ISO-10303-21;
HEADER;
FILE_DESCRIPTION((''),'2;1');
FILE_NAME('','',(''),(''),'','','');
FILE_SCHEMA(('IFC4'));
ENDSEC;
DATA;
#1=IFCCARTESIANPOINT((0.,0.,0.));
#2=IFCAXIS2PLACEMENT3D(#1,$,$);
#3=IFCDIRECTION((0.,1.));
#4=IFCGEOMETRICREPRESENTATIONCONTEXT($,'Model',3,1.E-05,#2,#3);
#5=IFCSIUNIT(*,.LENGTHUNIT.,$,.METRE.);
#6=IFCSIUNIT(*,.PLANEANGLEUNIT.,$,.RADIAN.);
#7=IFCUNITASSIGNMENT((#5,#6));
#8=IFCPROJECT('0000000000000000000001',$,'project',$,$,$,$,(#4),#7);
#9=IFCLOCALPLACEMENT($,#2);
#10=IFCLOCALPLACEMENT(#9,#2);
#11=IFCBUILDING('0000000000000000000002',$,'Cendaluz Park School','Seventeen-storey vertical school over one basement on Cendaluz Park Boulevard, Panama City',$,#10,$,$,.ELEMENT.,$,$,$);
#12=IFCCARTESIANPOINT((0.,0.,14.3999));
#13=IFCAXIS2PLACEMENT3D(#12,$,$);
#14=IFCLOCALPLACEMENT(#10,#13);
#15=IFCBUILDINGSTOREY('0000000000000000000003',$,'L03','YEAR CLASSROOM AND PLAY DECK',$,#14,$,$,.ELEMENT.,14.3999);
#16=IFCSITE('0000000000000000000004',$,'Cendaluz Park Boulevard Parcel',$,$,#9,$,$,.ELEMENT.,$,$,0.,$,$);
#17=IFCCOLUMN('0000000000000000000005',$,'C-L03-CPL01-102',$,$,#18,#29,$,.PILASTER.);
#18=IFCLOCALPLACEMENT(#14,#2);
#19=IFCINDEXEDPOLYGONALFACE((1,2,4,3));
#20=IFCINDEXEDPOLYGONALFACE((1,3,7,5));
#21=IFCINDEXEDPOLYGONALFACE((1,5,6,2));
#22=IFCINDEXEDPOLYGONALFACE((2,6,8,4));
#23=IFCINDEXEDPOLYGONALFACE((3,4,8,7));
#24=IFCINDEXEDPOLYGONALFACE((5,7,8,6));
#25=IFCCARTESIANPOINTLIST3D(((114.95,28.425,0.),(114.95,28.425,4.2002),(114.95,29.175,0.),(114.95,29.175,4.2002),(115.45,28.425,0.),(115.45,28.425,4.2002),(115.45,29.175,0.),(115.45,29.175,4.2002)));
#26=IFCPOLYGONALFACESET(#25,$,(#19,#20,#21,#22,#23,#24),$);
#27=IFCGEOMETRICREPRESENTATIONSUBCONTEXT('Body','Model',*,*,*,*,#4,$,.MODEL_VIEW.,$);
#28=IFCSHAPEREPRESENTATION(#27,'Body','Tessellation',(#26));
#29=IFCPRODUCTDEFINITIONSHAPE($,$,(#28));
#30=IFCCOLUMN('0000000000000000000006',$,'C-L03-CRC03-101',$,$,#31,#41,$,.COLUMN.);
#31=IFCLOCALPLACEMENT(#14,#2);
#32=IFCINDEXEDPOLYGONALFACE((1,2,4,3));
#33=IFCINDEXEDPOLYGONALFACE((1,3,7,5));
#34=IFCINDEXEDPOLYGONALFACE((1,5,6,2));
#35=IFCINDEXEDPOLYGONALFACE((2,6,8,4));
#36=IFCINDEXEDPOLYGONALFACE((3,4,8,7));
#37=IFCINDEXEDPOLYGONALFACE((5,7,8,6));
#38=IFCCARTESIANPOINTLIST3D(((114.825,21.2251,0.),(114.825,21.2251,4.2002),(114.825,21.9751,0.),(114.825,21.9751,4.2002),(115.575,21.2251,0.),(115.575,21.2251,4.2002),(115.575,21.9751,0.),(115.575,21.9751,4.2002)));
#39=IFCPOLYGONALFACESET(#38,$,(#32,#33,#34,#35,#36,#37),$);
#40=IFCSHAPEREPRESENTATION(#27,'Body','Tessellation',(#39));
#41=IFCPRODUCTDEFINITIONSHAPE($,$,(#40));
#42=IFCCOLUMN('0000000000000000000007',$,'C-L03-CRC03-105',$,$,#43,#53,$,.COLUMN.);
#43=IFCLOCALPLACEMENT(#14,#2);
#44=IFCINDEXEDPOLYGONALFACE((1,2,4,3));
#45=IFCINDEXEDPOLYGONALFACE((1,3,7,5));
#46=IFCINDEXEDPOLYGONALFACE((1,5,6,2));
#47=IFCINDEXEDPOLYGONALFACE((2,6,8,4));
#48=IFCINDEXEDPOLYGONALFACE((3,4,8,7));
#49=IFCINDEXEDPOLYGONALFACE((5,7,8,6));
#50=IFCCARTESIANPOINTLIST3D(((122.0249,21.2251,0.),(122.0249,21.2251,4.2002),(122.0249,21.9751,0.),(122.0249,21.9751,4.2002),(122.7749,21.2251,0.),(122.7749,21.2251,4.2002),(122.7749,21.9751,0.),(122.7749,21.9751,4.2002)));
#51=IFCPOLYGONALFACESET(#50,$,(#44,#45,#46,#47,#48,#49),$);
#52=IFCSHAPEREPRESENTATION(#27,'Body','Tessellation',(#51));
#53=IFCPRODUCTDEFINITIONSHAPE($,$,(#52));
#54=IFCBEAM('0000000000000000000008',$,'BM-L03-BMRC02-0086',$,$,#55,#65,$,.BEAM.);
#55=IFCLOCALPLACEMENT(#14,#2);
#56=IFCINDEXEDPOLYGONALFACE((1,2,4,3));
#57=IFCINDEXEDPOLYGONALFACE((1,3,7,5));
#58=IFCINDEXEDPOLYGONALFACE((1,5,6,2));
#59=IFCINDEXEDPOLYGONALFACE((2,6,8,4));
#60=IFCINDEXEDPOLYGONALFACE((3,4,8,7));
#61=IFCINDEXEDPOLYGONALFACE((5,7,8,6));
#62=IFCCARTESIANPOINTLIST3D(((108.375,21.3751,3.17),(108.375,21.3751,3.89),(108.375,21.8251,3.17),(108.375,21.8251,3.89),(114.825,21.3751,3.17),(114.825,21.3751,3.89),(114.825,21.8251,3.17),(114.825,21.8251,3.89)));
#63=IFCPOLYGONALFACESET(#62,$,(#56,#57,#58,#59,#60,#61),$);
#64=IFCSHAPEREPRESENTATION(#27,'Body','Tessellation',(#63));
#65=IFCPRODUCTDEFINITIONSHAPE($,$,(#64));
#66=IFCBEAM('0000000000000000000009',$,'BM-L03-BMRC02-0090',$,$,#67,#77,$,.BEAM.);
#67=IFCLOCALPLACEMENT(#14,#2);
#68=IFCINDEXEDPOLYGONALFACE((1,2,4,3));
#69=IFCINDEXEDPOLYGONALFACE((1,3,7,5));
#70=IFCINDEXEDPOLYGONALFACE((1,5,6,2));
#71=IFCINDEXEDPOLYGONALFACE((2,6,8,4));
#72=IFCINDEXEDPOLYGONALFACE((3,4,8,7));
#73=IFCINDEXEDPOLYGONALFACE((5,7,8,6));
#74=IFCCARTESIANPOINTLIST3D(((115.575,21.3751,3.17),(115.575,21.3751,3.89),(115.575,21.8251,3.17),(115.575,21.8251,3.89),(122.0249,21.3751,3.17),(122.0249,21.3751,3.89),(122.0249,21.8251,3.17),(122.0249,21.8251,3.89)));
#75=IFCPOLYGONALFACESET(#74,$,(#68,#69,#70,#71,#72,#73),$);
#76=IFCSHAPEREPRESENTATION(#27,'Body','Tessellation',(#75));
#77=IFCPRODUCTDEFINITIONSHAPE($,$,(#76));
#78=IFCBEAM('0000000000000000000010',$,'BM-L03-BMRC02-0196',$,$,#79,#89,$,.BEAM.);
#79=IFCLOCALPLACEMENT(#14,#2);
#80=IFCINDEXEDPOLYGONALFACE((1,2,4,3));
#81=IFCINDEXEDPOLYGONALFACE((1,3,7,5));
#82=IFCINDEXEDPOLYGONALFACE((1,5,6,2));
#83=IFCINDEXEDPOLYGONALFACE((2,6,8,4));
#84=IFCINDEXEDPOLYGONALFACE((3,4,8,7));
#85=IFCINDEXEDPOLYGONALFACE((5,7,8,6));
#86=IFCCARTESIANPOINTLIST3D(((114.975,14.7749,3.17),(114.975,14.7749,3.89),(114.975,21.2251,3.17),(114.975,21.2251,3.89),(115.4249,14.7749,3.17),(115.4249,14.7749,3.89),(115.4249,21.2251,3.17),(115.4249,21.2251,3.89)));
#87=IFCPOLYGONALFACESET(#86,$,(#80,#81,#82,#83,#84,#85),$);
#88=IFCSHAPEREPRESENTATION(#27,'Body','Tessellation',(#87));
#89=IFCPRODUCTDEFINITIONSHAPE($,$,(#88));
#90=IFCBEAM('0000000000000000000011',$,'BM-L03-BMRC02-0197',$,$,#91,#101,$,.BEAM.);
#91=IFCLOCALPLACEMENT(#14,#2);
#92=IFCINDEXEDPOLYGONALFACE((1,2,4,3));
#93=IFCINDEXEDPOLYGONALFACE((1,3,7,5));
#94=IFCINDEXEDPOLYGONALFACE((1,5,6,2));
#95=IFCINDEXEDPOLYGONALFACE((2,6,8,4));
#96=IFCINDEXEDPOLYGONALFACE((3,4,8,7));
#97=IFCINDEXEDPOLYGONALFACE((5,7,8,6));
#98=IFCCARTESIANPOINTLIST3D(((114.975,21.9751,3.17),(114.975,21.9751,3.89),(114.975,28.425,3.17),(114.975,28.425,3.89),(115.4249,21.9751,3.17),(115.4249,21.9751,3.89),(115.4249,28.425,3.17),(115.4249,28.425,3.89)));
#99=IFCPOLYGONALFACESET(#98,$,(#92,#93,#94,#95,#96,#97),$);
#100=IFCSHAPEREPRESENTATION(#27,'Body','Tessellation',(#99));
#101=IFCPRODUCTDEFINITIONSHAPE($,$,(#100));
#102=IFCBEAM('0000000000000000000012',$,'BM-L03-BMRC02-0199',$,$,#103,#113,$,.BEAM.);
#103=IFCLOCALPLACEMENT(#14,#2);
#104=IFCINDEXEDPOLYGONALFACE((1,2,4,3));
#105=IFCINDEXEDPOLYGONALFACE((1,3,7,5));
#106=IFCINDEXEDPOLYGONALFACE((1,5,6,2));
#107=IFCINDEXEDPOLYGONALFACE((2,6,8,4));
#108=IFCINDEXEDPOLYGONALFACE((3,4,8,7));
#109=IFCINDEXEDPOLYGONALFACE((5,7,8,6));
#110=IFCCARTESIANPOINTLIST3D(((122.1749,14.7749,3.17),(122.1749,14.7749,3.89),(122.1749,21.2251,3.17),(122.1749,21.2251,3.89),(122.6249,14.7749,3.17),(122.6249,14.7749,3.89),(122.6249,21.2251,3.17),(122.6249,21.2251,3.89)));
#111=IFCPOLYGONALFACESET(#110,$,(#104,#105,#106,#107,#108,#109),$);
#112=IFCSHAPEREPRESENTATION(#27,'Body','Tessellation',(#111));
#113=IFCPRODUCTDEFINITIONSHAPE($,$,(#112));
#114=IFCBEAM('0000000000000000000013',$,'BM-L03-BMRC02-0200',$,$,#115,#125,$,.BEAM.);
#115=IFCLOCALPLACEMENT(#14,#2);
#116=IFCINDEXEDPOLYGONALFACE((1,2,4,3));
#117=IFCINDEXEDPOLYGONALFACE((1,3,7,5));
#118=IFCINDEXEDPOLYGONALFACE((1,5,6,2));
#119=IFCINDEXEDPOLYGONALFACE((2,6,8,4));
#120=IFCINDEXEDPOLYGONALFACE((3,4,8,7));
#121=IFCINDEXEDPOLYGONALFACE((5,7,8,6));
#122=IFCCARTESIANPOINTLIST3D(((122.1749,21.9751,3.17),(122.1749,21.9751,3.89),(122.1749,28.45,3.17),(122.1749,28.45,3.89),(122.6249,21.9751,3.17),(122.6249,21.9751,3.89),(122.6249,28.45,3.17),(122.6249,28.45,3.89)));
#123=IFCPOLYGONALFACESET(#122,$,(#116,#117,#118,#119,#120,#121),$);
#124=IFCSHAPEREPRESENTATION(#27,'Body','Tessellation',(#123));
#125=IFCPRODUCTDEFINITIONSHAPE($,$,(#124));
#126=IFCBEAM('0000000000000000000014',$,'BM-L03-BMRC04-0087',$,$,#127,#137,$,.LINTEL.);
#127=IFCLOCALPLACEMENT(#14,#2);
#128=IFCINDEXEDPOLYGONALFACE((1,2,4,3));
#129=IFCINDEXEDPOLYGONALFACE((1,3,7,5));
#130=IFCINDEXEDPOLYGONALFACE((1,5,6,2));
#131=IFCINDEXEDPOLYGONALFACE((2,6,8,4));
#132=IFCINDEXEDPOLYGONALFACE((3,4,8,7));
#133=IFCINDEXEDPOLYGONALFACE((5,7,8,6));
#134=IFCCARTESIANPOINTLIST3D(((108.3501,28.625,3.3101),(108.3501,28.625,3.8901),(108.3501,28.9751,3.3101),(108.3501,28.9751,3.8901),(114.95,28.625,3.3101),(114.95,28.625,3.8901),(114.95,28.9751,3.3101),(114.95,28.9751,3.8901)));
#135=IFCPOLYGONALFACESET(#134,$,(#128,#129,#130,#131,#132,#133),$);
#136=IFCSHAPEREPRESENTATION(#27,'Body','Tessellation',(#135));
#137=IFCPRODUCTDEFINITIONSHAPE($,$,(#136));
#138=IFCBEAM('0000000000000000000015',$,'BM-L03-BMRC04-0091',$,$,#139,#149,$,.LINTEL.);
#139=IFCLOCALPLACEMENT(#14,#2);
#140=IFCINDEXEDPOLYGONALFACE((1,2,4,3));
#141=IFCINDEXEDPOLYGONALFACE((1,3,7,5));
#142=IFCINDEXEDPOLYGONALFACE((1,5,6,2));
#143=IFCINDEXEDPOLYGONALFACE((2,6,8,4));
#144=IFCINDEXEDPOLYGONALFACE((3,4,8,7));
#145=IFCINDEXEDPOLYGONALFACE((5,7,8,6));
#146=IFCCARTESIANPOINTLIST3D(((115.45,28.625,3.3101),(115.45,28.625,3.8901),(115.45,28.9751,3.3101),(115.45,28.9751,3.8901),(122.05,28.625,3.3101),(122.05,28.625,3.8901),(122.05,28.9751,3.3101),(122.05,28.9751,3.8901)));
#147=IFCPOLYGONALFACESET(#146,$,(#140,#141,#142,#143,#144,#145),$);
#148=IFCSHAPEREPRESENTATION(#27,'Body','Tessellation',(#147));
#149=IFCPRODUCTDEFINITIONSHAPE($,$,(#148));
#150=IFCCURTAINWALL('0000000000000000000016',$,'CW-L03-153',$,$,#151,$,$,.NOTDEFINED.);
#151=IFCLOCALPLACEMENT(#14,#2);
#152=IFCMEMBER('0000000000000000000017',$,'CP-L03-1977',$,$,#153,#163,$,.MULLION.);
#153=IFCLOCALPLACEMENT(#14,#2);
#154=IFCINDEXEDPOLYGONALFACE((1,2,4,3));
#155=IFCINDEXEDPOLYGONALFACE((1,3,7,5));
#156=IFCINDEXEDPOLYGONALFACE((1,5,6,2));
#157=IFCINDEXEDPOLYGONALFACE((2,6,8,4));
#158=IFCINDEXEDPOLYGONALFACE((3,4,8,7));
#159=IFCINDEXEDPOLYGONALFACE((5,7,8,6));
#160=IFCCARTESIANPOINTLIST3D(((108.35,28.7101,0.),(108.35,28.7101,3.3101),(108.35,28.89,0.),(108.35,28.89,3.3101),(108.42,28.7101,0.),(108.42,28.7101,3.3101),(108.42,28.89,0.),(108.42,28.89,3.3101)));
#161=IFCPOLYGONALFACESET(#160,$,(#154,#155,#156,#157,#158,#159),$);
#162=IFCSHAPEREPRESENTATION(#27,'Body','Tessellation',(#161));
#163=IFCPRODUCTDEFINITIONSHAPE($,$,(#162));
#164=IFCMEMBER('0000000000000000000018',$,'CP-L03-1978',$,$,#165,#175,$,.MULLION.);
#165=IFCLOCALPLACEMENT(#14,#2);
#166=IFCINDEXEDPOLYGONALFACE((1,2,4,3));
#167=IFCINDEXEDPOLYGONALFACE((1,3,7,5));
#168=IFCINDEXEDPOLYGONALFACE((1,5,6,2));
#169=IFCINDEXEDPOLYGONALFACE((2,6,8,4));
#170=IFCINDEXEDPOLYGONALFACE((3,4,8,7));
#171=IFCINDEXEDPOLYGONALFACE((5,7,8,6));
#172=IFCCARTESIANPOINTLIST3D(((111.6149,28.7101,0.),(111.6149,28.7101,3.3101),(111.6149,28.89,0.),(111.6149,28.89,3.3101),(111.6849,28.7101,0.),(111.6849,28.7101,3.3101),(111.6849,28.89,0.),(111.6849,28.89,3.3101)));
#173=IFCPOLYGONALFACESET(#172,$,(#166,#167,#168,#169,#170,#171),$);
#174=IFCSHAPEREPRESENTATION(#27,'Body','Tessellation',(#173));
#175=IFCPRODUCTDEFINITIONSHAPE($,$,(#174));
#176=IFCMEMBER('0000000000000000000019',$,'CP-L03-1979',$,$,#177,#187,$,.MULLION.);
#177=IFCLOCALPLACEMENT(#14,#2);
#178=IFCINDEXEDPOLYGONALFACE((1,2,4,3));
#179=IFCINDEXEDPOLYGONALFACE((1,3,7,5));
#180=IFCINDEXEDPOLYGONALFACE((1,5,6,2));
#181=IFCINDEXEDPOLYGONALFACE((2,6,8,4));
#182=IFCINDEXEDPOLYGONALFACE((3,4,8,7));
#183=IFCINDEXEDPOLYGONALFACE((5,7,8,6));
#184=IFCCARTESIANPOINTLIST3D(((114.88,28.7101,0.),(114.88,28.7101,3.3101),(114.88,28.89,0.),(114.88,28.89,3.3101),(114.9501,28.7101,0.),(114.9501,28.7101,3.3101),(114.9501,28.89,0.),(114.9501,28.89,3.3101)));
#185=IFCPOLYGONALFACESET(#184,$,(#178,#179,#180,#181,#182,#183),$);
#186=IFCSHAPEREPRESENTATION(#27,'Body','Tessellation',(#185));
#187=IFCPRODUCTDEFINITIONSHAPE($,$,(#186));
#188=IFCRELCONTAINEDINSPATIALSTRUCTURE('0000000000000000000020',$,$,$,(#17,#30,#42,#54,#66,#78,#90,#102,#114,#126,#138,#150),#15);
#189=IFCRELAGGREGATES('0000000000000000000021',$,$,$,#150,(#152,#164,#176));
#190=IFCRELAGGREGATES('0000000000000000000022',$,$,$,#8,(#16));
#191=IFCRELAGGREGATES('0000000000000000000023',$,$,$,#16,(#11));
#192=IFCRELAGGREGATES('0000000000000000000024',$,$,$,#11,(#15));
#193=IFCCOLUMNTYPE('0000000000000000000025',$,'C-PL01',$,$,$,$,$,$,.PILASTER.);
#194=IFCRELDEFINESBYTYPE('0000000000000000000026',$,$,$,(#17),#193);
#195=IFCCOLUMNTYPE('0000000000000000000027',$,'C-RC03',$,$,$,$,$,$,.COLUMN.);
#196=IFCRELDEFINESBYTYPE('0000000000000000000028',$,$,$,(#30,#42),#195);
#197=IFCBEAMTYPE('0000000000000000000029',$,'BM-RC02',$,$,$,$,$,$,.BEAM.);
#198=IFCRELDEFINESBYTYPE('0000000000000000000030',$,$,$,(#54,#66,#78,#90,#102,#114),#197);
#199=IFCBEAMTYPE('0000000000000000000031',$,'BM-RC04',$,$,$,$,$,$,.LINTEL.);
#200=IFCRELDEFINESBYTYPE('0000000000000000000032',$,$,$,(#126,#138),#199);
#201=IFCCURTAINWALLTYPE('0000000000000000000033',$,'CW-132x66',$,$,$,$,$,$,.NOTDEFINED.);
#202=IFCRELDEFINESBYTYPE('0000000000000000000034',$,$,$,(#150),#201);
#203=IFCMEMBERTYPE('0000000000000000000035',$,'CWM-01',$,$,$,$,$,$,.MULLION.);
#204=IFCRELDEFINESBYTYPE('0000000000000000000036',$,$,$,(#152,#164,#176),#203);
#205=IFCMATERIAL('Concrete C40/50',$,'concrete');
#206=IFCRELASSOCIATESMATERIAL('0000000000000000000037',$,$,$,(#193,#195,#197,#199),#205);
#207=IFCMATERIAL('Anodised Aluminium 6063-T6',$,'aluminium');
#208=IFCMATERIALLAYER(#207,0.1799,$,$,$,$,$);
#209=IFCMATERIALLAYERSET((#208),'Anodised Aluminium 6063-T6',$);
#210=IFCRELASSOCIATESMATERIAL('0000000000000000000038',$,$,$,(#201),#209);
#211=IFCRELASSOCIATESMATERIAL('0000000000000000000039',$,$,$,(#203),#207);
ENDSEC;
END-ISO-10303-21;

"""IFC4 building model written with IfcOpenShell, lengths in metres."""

from ifc_helpers import new_model, si_unit, direction, frame, origin, origin_2d, place, context, subcontext, project, spatial, rectangle, extrude, material, layer, layer_set, material_profile, profile_set, type_object, element, aggregate, save


model = new_model("IFC4")

# Units and contexts
model_context = context("Model", 3, precision=1e-05, world=origin(), true_north=direction((0.0, 1.0)))
body_context = subcontext(model_context, "Body", "Model", "MODEL_VIEW")
ifc_project = project(units=[si_unit("LENGTHUNIT", "METRE"), si_unit("PLANEANGLEUNIT", "RADIAN")], contexts=[model_context])

# Site, building, storey
site_placement = place(None, origin())
site = spatial("IfcSite", under=ifc_project, at=site_placement, Name="Cendaluz Park Boulevard Parcel", CompositionType="ELEMENT", RefElevation=0.0)
building_placement = place(site_placement, origin())
building = spatial("IfcBuilding", under=site, at=building_placement, Name="Cendaluz Park School", Description="Seventeen-storey vertical school over one basement on Cendaluz Park Boulevard, Panama City", CompositionType="ELEMENT")
storey_placement = place(building_placement, frame((0.0, 0.0, 14.3999)))
storey = spatial("IfcBuildingStorey", under=building, at=storey_placement, Name="L03", Description="YEAR CLASSROOM AND PLAY DECK", CompositionType="ELEMENT", Elevation=14.3999)

# Columns
ifc_material_1 = material(Name="Concrete C40/50", Category="concrete")
ifc_material_profile_1 = material_profile(ifc_material_1, rectangle(XDim=0.5, YDim=0.75, at=origin_2d()), Name="RC 500x750", Category="concrete")
ifc_profile_set_1 = profile_set([ifc_material_profile_1], Name="Concrete C40/50")
column_type_1 = type_object("IfcColumnType", Name="C-PL01", PredefinedType="PILASTER", material=ifc_profile_set_1)
column_placement = place(storey_placement, frame((115.2, 28.8, 0.0), z_axis=(0.0, 0.0, 1.0), x_axis=(1.0, 0.0, 0.0)))
element("IfcColumn", 1, at=column_placement, inside=storey, type_object=column_type_1, Name="C-L03-CPL01-102", PredefinedType="PILASTER", context=body_context, shape_type="SweptSolid", body=[
    extrude(rectangle(XDim=0.5, YDim=0.75, at=origin_2d()), origin(), (0.0, 0.0, 1.0), 4.2002),
])
ifc_material_profile_2 = material_profile(ifc_material_1, rectangle(XDim=0.75, YDim=0.75, at=origin_2d()), Name="RC 750x750", Category="concrete")
ifc_profile_set_2 = profile_set([ifc_material_profile_2], Name="Concrete C40/50")
column_type_2 = type_object("IfcColumnType", Name="C-RC03", PredefinedType="COLUMN", material=ifc_profile_set_2)
for number, where, z_axis, x_axis, name in (
    (2, (115.2, 21.6001, 0.0), (0.0, 0.0, 1.0), (1.0, 0.0, 0.0), "C-L03-CRC03-101"),
    (3, (122.3999, 21.6001, 0.0), (0.0, 0.0, 1.0), (1.0, 0.0, 0.0), "C-L03-CRC03-105"),
):
    element("IfcColumn", number, at=place(storey_placement, frame(where, z_axis=z_axis, x_axis=x_axis)), inside=storey, type_object=column_type_2, Name=name, PredefinedType="COLUMN", context=body_context, shape_type="SweptSolid", body=[
        extrude(rectangle(XDim=0.75, YDim=0.75, at=origin_2d()), origin(), (0.0, 0.0, 1.0), 4.2002),
    ])

# Beams
ifc_material_profile_3 = material_profile(ifc_material_1, rectangle(XDim=0.45, YDim=0.72, at=origin_2d()), Name="RC 450x720", Category="concrete")
ifc_profile_set_3 = profile_set([ifc_material_profile_3], Name="Concrete C40/50")
beam_type_1 = type_object("IfcBeamType", Name="BM-RC02", PredefinedType="BEAM", material=ifc_profile_set_3)
for number, where, z_axis, x_axis, name in (
    (4, (108.375, 21.6001, 3.53), (1.0, 0.0, 0.0), (0.0, 1.0, 0.0), "BM-L03-BMRC02-0086"),
    (5, (115.575, 21.6001, 3.53), (1.0, 0.0, 0.0), (0.0, 1.0, 0.0), "BM-L03-BMRC02-0090"),
):
    element("IfcBeam", number, at=place(storey_placement, frame(where, z_axis=z_axis, x_axis=x_axis)), inside=storey, type_object=beam_type_1, Name=name, PredefinedType="BEAM", context=body_context, shape_type="SweptSolid", body=[
        extrude(rectangle(XDim=0.45, YDim=0.72, at=origin_2d()), origin(), (0.0, 0.0, 1.0), 6.45),
    ])
beam_1_placement = place(storey_placement, frame((115.2, 14.7749, 3.53), z_axis=(0.0, 1.0, 0.0), x_axis=(-1.0, 0.0, 0.0)))
element("IfcBeam", 6, at=beam_1_placement, inside=storey, type_object=beam_type_1, Name="BM-L03-BMRC02-0196", PredefinedType="BEAM", context=body_context, shape_type="SweptSolid", body=[
    extrude(rectangle(XDim=0.45, YDim=0.72, at=origin_2d()), origin(), (0.0, 0.0, 1.0), 6.4502),
])
beam_2_placement = place(storey_placement, frame((115.2, 21.9751, 3.53), z_axis=(0.0, 1.0, 0.0), x_axis=(-1.0, 0.0, 0.0)))
element("IfcBeam", 7, at=beam_2_placement, inside=storey, type_object=beam_type_1, Name="BM-L03-BMRC02-0197", PredefinedType="BEAM", context=body_context, shape_type="SweptSolid", body=[
    extrude(rectangle(XDim=0.45, YDim=0.72, at=origin_2d()), origin(), (0.0, 0.0, 1.0), 6.45),
])
beam_3_placement = place(storey_placement, frame((122.3999, 14.7749, 3.53), z_axis=(0.0, 1.0, 0.0), x_axis=(-1.0, 0.0, 0.0)))
element("IfcBeam", 8, at=beam_3_placement, inside=storey, type_object=beam_type_1, Name="BM-L03-BMRC02-0199", PredefinedType="BEAM", context=body_context, shape_type="SweptSolid", body=[
    extrude(rectangle(XDim=0.45, YDim=0.72, at=origin_2d()), origin(), (0.0, 0.0, 1.0), 6.4502),
])
beam_4_placement = place(storey_placement, frame((122.3999, 21.9751, 3.53), z_axis=(0.0, 1.0, 0.0), x_axis=(-1.0, 0.0, 0.0)))
element("IfcBeam", 9, at=beam_4_placement, inside=storey, type_object=beam_type_1, Name="BM-L03-BMRC02-0200", PredefinedType="BEAM", context=body_context, shape_type="SweptSolid", body=[
    extrude(rectangle(XDim=0.45, YDim=0.72, at=origin_2d()), origin(), (0.0, 0.0, 1.0), 6.4749),
])
ifc_material_profile_4 = material_profile(ifc_material_1, rectangle(XDim=0.3501, YDim=0.5801, at=origin_2d()), Name="RC 350x580", Category="concrete")
ifc_profile_set_4 = profile_set([ifc_material_profile_4], Name="Concrete C40/50")
beam_type_2 = type_object("IfcBeamType", Name="BM-RC04", PredefinedType="LINTEL", material=ifc_profile_set_4)
beam_5_placement = place(storey_placement, frame((108.3501, 28.8, 3.6001), z_axis=(1.0, 0.0, 0.0), x_axis=(0.0, 1.0, 0.0)))
element("IfcBeam", 10, at=beam_5_placement, inside=storey, type_object=beam_type_2, Name="BM-L03-BMRC04-0087", PredefinedType="LINTEL", context=body_context, shape_type="SweptSolid", body=[
    extrude(rectangle(XDim=0.3501, YDim=0.5801, at=origin_2d()), origin(), (0.0, 0.0, 1.0), 6.5999),
])
beam_6_placement = place(storey_placement, frame((115.45, 28.8, 3.6001), z_axis=(1.0, 0.0, 0.0), x_axis=(0.0, 1.0, 0.0)))
element("IfcBeam", 11, at=beam_6_placement, inside=storey, type_object=beam_type_2, Name="BM-L03-BMRC04-0091", PredefinedType="LINTEL", context=body_context, shape_type="SweptSolid", body=[
    extrude(rectangle(XDim=0.3501, YDim=0.5801, at=origin_2d()), origin(), (0.0, 0.0, 1.0), 6.6001),
])

# Curtain wall, members
ifc_material_2 = material(Name="Anodised Aluminium 6063-T6", Category="aluminium")
ifc_layer_1 = layer(ifc_material_2, 0.1799)
ifc_layer_set_1 = layer_set([ifc_layer_1], Name="Anodised Aluminium 6063-T6")
curtain_wall_type = type_object("IfcCurtainWallType", Name="CW-132x66", PredefinedType="NOTDEFINED", material=ifc_layer_set_1)
curtain_wall_placement = place(storey_placement, origin())
curtain_wall = element("IfcCurtainWall", 12, at=curtain_wall_placement, inside=storey, type_object=curtain_wall_type, Name="CW-L03-153", PredefinedType="NOTDEFINED")
ifc_material_profile_5 = material_profile(ifc_material_2, rectangle(XDim=0.1799, YDim=0.0701, at=origin_2d()), Name="CWM 180x70", Category="aluminium")
ifc_profile_set_5 = profile_set([ifc_material_profile_5], Name="Anodised Aluminium 6063-T6")
member_type_1 = type_object("IfcMemberType", Name="CWM-01", PredefinedType="MULLION", material=ifc_profile_set_5)
member_1_placement = place(storey_placement, frame((108.385, 28.8, 0.0), z_axis=(0.0, 0.0, 1.0), x_axis=(0.0, 1.0, 0.0)))
member_1 = element("IfcMember", 13, at=member_1_placement, type_object=member_type_1, Name="CP-L03-1977", PredefinedType="MULLION", context=body_context, shape_type="SweptSolid", body=[
    extrude(rectangle(XDim=0.1799, YDim=0.0701, at=origin_2d()), origin(), (0.0, 0.0, 1.0), 3.3101),
])
member_2_placement = place(storey_placement, frame((111.6499, 28.8, 0.0), z_axis=(0.0, 0.0, 1.0), x_axis=(0.0, 1.0, 0.0)))
member_2 = element("IfcMember", 14, at=member_2_placement, type_object=member_type_1, Name="CP-L03-1978", PredefinedType="MULLION", context=body_context, shape_type="SweptSolid", body=[
    extrude(rectangle(XDim=0.1799, YDim=0.0701, at=origin_2d()), origin(), (0.0, 0.0, 1.0), 3.3101),
])
member_3_placement = place(storey_placement, frame((114.915, 28.8, 0.0), z_axis=(0.0, 0.0, 1.0), x_axis=(0.0, 1.0, 0.0)))
member_3 = element("IfcMember", 15, at=member_3_placement, type_object=member_type_1, Name="CP-L03-1979", PredefinedType="MULLION", context=body_context, shape_type="SweptSolid", body=[
    extrude(rectangle(XDim=0.1799, YDim=0.0701, at=origin_2d()), origin(), (0.0, 0.0, 1.0), 3.3101),
])

aggregate(curtain_wall, [member_1, member_2, member_3])

save(model, "model.ifc")
